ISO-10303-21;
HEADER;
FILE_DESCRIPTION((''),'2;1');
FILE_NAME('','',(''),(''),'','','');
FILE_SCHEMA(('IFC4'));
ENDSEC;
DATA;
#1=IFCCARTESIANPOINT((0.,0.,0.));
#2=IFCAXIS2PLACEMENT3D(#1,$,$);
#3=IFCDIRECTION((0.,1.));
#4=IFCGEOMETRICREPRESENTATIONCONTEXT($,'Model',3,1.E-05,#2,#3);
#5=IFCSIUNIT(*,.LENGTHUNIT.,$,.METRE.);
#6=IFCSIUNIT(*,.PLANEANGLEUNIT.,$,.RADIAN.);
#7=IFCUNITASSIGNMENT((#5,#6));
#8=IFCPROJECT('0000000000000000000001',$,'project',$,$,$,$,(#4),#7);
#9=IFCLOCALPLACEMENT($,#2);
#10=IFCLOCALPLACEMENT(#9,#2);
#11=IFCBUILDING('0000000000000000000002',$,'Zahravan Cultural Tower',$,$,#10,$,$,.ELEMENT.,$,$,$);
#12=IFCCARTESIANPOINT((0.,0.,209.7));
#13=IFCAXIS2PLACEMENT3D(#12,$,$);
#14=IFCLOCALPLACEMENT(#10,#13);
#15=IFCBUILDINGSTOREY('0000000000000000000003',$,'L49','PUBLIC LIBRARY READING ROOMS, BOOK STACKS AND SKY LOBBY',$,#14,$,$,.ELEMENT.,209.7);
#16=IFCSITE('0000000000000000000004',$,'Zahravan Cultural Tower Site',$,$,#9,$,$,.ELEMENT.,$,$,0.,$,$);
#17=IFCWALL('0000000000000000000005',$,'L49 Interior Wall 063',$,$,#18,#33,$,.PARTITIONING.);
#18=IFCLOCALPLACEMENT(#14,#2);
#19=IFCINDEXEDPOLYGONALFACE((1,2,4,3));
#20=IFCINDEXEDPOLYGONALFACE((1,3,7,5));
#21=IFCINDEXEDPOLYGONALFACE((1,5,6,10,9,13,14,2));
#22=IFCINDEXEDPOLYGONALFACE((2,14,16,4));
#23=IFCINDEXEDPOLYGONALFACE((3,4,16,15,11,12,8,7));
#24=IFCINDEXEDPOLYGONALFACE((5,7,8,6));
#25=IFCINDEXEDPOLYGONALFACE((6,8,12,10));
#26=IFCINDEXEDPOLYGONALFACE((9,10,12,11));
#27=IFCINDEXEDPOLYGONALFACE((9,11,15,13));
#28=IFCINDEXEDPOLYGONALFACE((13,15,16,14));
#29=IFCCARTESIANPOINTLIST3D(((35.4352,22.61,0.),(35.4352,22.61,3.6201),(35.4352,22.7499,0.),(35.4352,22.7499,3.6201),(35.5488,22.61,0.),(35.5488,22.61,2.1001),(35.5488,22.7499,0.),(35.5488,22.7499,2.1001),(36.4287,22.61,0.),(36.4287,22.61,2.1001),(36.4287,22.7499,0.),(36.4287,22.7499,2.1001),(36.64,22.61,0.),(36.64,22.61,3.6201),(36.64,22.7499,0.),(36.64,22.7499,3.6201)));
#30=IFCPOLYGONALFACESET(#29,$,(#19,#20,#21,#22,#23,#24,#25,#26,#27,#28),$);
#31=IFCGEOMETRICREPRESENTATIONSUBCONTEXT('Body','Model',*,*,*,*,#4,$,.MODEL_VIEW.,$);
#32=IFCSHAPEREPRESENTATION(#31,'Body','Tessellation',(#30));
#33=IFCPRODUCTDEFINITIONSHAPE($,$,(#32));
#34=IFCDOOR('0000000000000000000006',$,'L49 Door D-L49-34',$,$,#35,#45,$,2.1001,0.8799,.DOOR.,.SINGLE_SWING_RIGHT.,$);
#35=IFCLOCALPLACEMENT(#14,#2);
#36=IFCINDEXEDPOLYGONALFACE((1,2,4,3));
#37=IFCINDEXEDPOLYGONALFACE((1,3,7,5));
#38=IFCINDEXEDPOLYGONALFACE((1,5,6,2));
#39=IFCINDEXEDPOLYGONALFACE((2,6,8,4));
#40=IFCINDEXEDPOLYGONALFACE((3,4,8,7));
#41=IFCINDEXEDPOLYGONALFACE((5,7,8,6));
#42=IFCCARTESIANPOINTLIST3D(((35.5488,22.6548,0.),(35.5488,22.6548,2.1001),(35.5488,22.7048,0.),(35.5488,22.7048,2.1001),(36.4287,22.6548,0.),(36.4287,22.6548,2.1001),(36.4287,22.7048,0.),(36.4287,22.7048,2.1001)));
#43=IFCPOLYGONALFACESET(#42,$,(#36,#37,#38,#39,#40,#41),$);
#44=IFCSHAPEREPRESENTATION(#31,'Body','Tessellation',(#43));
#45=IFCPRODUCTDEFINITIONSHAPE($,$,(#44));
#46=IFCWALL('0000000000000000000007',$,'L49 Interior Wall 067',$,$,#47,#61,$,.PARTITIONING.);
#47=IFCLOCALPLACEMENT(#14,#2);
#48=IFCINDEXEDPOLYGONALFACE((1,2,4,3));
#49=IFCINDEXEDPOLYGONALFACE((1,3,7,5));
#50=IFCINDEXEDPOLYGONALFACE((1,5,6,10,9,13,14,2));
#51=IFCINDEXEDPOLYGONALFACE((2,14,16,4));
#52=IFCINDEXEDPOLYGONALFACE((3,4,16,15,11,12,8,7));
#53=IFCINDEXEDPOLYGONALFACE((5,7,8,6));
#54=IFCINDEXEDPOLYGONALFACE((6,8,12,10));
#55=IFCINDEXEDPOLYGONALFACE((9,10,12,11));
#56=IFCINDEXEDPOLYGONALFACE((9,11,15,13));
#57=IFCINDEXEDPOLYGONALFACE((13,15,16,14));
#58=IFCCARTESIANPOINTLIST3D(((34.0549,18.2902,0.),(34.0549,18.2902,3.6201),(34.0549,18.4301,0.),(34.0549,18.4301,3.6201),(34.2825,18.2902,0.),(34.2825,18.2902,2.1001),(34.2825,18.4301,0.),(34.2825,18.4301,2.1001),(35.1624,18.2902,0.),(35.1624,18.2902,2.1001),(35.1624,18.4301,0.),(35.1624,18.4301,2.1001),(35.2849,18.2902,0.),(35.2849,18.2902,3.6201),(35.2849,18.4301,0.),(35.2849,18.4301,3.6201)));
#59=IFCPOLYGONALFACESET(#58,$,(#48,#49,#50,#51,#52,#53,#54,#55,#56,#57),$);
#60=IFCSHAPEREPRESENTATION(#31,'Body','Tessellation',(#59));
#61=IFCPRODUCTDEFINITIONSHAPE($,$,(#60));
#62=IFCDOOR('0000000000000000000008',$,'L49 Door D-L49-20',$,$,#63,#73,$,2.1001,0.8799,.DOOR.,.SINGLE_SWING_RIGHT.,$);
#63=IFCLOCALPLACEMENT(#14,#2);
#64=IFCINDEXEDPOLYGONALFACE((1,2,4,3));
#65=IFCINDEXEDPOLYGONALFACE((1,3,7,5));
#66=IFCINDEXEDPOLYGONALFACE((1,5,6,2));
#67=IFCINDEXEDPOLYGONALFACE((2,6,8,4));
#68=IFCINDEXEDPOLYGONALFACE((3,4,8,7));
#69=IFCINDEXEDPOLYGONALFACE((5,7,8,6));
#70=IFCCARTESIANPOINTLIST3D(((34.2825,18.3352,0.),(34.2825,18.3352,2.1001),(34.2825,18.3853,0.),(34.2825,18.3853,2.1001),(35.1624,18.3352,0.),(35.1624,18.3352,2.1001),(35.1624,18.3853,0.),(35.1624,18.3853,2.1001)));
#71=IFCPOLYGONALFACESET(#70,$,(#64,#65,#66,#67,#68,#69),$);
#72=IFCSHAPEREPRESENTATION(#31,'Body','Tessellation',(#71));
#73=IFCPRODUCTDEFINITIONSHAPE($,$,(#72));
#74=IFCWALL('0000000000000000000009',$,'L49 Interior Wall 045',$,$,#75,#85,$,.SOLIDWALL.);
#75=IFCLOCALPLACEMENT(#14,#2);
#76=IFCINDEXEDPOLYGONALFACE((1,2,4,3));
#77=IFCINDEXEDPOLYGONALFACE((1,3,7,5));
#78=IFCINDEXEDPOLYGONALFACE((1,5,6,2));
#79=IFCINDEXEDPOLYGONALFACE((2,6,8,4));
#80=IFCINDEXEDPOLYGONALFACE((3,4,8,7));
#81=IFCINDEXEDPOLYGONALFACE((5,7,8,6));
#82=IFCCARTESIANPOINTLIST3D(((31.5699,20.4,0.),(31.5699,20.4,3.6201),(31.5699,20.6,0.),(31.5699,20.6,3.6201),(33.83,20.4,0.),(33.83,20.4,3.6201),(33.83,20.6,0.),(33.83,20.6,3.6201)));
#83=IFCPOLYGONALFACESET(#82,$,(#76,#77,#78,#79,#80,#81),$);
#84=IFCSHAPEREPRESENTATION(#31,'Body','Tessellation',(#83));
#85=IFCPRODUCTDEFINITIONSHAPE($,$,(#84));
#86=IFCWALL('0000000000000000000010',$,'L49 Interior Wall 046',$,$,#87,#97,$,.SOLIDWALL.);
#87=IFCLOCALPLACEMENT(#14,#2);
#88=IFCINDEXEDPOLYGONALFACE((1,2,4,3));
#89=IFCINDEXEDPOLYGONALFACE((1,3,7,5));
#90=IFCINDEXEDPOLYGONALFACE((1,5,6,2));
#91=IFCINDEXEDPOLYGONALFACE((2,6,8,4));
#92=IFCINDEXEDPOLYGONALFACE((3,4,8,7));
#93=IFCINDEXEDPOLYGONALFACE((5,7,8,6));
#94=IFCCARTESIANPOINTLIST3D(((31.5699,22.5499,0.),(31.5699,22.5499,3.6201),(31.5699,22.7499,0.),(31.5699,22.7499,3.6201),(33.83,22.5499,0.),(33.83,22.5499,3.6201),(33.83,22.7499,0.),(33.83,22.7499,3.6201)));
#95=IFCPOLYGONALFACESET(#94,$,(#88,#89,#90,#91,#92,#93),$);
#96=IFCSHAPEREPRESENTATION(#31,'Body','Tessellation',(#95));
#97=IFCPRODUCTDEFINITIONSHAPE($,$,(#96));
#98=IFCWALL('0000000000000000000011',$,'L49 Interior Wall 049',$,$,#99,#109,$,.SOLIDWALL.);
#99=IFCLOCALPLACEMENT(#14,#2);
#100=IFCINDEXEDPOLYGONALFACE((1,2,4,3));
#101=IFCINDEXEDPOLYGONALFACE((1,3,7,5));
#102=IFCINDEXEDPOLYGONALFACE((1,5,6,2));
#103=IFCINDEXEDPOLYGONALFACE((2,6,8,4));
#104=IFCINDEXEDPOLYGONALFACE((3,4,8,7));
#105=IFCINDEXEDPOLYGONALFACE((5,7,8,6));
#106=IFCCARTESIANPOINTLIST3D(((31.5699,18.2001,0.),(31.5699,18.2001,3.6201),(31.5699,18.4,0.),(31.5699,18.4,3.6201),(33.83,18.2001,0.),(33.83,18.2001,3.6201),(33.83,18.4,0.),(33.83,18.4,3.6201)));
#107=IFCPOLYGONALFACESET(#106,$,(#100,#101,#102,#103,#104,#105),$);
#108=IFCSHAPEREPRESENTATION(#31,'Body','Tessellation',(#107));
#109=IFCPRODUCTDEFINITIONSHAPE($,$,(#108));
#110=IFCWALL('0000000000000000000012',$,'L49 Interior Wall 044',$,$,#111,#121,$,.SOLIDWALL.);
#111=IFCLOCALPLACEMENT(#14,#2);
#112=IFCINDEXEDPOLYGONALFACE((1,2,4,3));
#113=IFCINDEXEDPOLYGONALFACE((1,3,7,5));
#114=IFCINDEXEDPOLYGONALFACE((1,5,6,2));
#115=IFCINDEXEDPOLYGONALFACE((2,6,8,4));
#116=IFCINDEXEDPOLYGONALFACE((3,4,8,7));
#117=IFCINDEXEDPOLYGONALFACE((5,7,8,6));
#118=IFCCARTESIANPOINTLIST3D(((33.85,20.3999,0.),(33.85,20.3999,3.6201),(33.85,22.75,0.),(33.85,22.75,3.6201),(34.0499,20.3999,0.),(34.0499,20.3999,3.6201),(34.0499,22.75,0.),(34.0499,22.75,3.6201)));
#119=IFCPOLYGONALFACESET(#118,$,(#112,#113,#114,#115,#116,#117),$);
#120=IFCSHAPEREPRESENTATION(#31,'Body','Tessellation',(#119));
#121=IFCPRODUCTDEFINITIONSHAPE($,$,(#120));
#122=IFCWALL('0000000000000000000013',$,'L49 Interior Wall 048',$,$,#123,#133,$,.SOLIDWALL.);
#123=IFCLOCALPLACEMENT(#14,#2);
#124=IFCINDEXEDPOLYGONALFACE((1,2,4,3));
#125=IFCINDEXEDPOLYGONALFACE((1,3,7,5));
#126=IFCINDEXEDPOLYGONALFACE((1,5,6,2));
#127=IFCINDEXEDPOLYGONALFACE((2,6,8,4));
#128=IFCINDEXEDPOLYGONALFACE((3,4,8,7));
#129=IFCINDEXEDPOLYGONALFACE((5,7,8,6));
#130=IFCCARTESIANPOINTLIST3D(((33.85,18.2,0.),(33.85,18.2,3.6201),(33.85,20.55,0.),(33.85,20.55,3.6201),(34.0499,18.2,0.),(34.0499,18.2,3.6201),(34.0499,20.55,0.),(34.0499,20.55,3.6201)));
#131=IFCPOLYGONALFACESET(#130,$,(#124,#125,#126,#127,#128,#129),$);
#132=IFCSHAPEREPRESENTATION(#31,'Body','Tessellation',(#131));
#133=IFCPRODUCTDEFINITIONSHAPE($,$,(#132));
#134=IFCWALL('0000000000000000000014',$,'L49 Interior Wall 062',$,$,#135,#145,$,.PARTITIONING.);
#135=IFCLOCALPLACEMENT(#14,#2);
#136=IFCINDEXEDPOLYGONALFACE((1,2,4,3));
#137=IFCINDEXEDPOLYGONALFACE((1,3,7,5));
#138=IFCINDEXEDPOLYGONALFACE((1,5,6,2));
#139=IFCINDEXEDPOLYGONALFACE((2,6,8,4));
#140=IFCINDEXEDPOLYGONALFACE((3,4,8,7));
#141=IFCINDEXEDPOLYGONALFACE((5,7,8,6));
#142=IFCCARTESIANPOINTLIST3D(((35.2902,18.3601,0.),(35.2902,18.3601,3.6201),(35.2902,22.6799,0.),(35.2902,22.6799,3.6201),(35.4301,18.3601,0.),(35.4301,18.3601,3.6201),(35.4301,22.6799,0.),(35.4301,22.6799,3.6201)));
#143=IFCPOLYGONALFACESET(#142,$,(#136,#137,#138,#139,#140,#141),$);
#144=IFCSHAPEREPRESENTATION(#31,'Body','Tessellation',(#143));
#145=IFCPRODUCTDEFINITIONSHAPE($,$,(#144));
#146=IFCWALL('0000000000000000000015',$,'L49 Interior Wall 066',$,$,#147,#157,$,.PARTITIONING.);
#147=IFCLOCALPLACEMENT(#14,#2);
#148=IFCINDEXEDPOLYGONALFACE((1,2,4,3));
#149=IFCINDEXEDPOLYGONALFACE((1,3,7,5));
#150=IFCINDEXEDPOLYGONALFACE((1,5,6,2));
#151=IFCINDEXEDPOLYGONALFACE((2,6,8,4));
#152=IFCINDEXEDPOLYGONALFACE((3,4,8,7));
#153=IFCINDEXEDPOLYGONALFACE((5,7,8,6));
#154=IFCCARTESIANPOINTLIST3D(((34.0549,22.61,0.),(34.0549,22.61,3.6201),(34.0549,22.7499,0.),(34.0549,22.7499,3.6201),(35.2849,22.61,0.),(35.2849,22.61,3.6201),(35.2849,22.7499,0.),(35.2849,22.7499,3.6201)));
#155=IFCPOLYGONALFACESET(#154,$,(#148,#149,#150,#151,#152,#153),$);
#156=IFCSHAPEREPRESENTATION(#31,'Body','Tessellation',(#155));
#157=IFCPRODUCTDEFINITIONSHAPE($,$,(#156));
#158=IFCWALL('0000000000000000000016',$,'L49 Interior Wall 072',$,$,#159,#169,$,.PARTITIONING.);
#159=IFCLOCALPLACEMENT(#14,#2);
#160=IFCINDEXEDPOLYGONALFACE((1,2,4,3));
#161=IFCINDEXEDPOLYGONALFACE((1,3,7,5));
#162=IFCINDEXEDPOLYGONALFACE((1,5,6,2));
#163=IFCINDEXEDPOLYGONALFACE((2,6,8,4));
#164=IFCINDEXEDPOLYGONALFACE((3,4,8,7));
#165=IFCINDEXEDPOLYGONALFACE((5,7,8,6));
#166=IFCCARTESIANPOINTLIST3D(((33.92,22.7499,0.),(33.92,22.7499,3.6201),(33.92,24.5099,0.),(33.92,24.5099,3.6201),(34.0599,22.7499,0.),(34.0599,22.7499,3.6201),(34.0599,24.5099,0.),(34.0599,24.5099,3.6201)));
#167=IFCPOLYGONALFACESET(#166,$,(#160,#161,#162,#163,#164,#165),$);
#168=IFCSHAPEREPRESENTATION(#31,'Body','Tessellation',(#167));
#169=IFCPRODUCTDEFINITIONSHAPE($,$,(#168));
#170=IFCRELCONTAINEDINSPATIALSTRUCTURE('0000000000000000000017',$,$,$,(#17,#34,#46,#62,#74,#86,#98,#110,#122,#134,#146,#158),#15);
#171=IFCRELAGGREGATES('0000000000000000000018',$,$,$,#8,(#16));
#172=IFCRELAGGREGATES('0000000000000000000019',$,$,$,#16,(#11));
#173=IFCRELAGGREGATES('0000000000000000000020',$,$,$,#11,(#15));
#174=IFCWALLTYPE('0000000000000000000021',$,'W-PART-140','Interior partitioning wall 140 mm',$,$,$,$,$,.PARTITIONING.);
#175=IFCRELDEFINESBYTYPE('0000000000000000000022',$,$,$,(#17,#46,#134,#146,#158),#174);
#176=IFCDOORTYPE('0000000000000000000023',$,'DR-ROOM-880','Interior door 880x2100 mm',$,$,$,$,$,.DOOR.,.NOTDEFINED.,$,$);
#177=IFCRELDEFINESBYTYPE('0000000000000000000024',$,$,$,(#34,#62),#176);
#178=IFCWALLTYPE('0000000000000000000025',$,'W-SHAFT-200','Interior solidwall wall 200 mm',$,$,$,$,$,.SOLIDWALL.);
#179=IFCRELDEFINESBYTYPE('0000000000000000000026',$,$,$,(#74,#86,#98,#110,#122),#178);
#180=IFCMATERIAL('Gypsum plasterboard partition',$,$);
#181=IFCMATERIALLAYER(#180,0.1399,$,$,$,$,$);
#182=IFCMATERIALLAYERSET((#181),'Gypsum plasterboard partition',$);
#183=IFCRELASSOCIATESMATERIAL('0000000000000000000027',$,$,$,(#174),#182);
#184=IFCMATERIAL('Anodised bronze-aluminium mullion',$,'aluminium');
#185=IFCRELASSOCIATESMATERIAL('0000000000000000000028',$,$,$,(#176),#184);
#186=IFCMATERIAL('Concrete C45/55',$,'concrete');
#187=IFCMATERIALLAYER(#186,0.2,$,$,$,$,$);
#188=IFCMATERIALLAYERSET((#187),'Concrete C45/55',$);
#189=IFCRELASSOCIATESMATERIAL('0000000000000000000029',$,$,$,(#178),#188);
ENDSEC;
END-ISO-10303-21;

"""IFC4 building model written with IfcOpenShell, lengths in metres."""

from ifc_helpers import new_model, si_unit, direction, frame, frame_2d, origin, place, context, subcontext, project, spatial, rectangle, extrude, source, transform, mapped, material, layer, layer_set, type_object, element, fill, save


model = new_model("IFC4")

# Units and contexts
model_context = context("Model", 3, precision=1e-05, world=origin(), true_north=direction((0.0, 1.0)))
body_context = subcontext(model_context, "Body", "Model", "MODEL_VIEW")
ifc_project = project(units=[si_unit("LENGTHUNIT", "METRE"), si_unit("PLANEANGLEUNIT", "RADIAN")], contexts=[model_context])

# Site, building, storey
site_placement = place(None, origin())
site = spatial("IfcSite", under=ifc_project, at=site_placement, Name="Zahravan Cultural Tower Site", CompositionType="ELEMENT", RefElevation=0.0)
building_placement = place(site_placement, origin())
building = spatial("IfcBuilding", under=site, at=building_placement, Name="Zahravan Cultural Tower", CompositionType="ELEMENT")
storey_placement = place(building_placement, frame((0.0, 0.0, 209.7)))
storey = spatial("IfcBuildingStorey", under=building, at=storey_placement, Name="L49", Description="PUBLIC LIBRARY READING ROOMS, BOOK STACKS AND SKY LOBBY", CompositionType="ELEMENT", Elevation=209.7)

# Walls, openings, doors
ifc_material_1 = material(Name="Gypsum plasterboard partition")
ifc_layer_1 = layer(ifc_material_1, 0.1399)
ifc_layer_set_1 = layer_set([ifc_layer_1], Name="Gypsum plasterboard partition")
wall_type_1 = type_object("IfcWallType", Name="W-PART-140", Description="Interior partitioning wall 140 mm", PredefinedType="PARTITIONING", material=ifc_layer_set_1)
wall_1_placement = place(storey_placement, frame((35.4351, 22.6799, 0.0), z_axis=(0.0, 0.0, 1.0), x_axis=(1.0, 0.0, 0.0)))
wall_1 = element("IfcWall", 1, at=wall_1_placement, inside=storey, type_object=wall_type_1, Name="L49 Interior Wall 063", PredefinedType="PARTITIONING", context=body_context, shape_type="SweptSolid", body=[
    extrude(rectangle(XDim=1.2048, YDim=0.1399, at=frame_2d((0.6025, 0.0))), origin(), (0.0, 0.0, 1.0), 3.6201),
])
opening_1_placement = place(wall_1_placement, frame((0.1138, 0.0, 0.0)))
opening_1 = element("IfcOpeningElement", 2, at=opening_1_placement, cuts=wall_1, PredefinedType="OPENING", context=body_context, shape_type="SweptSolid", body=[
    extrude(rectangle(XDim=0.8799, YDim=2.1001, at=frame_2d((0.4399, 1.05))), frame((0.0, 0.0798, 0.0), z_axis=(0.0, -1.0, 0.0), x_axis=(1.0, 0.0, 0.0)), (0.0, 0.0, 1.0), 0.1599),
])
ifc_material_2 = material(Name="Anodised bronze-aluminium mullion", Category="aluminium")
door_type_1 = type_object("IfcDoorType", Name="DR-ROOM-880", Description="Interior door 880x2100 mm", OperationType="NOTDEFINED", PredefinedType="DOOR", material=ifc_material_2)
shared_shape_1 = source(origin(), body_context, "Body", "SweptSolid", [
    extrude(rectangle(XDim=0.8799, YDim=2.1001, at=frame_2d((0.4399, 1.05))), frame((0.0, 0.0249, 0.0), z_axis=(0.0, -1.0, 0.0), x_axis=(1.0, 0.0, 0.0)), (0.0, 0.0, 1.0), 0.05),
])
door_1_placement = place(opening_1_placement, origin())
door_1 = element("IfcDoor", 3, at=door_1_placement, inside=storey, type_object=door_type_1, Name="L49 Door D-L49-34", OperationType="SINGLE_SWING_RIGHT", OverallHeight=2.1001, OverallWidth=0.8799, PredefinedType="DOOR", context=body_context, shape_type="MappedRepresentation", body=[
    mapped(shared_shape_1, transform((0.0, 0.0, 0.0), x_axis=(1.0, 0.0, 0.0), y_axis=(0.0, 1.0, 0.0), z_axis=(0.0, 0.0, 1.0), scale=1.0)),
])
fill(opening_1, door_1)
wall_2_placement = place(storey_placement, frame((35.2849, 18.3601, 0.0), z_axis=(0.0, 0.0, 1.0), x_axis=(-1.0, 0.0, 0.0)))
wall_2 = element("IfcWall", 4, at=wall_2_placement, inside=storey, type_object=wall_type_1, Name="L49 Interior Wall 067", PredefinedType="PARTITIONING", context=body_context, shape_type="SweptSolid", body=[
    extrude(rectangle(XDim=1.23, YDim=0.1399, at=frame_2d((0.615, 0.0))), origin(), (0.0, 0.0, 1.0), 3.6201),
])
opening_2_placement = place(wall_2_placement, frame((0.1226, 0.0, 0.0)))
opening_2 = element("IfcOpeningElement", 5, at=opening_2_placement, cuts=wall_2, PredefinedType="OPENING", context=body_context, shape_type="SweptSolid", body=[
    extrude(rectangle(XDim=0.8799, YDim=2.1001, at=frame_2d((0.4399, 1.05))), frame((0.0, 0.0798, 0.0), z_axis=(0.0, -1.0, 0.0), x_axis=(1.0, 0.0, 0.0)), (0.0, 0.0, 1.0), 0.1599),
])
door_2_placement = place(opening_2_placement, origin())
door_2 = element("IfcDoor", 6, at=door_2_placement, inside=storey, type_object=door_type_1, Name="L49 Door D-L49-20", OperationType="SINGLE_SWING_RIGHT", OverallHeight=2.1001, OverallWidth=0.8799, PredefinedType="DOOR", context=body_context, shape_type="MappedRepresentation", body=[
    mapped(shared_shape_1, transform((0.0, 0.0, 0.0), x_axis=(1.0, 0.0, 0.0), y_axis=(0.0, 1.0, 0.0), z_axis=(0.0, 0.0, 1.0), scale=1.0)),
])
fill(opening_2, door_2)
ifc_material_3 = material(Name="Concrete C45/55", Category="concrete")
ifc_layer_2 = layer(ifc_material_3, 0.2)
ifc_layer_set_2 = layer_set([ifc_layer_2], Name="Concrete C45/55")
wall_type_2 = type_object("IfcWallType", Name="W-SHAFT-200", Description="Interior solidwall wall 200 mm", PredefinedType="SOLIDWALL", material=ifc_layer_set_2)

# Walls
shared_shape_2 = source(origin(), body_context, "Body", "SweptSolid", [
    extrude(rectangle(XDim=2.26, YDim=0.2, at=frame_2d((1.1299, 0.0))), origin(), (0.0, 0.0, 1.0), 3.6201),
])
for number, where, z_axis, x_axis, name in (
    (7, (31.5701, 20.5, 0.0), (0.0, 0.0, 1.0), (1.0, 0.0, 0.0), "L49 Interior Wall 045"),
    (8, (31.5701, 22.6499, 0.0), (0.0, 0.0, 1.0), (1.0, 0.0, 0.0), "L49 Interior Wall 046"),
    (9, (31.5701, 18.3, 0.0), (0.0, 0.0, 1.0), (1.0, 0.0, 0.0), "L49 Interior Wall 049"),
):
    element("IfcWall", number, at=place(storey_placement, frame(where, z_axis=z_axis, x_axis=x_axis)), inside=storey, type_object=wall_type_2, Name=name, PredefinedType="SOLIDWALL", context=body_context, shape_type="MappedRepresentation", body=[
        mapped(shared_shape_2, transform((0.0, 0.0, 0.0), x_axis=(1.0, 0.0, 0.0), y_axis=(0.0, 1.0, 0.0), z_axis=(0.0, 0.0, 1.0), scale=1.0)),
    ])
shared_shape_3 = source(origin(), body_context, "Body", "SweptSolid", [
    extrude(rectangle(XDim=2.3501, YDim=0.2, at=frame_2d((1.175, 0.0))), origin(), (0.0, 0.0, 1.0), 3.6201),
])
for number, where, z_axis, x_axis, name in (
    (10, (33.95, 20.3999, 0.0), (0.0, 0.0, 1.0), (0.0, 1.0, 0.0), "L49 Interior Wall 044"),
    (11, (33.95, 18.2, 0.0), (0.0, 0.0, 1.0), (0.0, 1.0, 0.0), "L49 Interior Wall 048"),
):
    element("IfcWall", number, at=place(storey_placement, frame(where, z_axis=z_axis, x_axis=x_axis)), inside=storey, type_object=wall_type_2, Name=name, PredefinedType="SOLIDWALL", context=body_context, shape_type="MappedRepresentation", body=[
        mapped(shared_shape_3, transform((0.0, 0.0, 0.0), x_axis=(1.0, 0.0, 0.0), y_axis=(0.0, 1.0, 0.0), z_axis=(0.0, 0.0, 1.0), scale=1.0)),
    ])
shared_shape_4 = source(origin(), body_context, "Body", "SweptSolid", [
    extrude(rectangle(XDim=4.3198, YDim=0.1399, at=frame_2d((2.1599, 0.0))), origin(), (0.0, 0.0, 1.0), 3.6201),
])
wall_3_placement = place(storey_placement, frame((35.3601, 18.3601, 0.0), z_axis=(0.0, 0.0, 1.0), x_axis=(0.0, 1.0, 0.0)))
element("IfcWall", 12, at=wall_3_placement, inside=storey, type_object=wall_type_1, Name="L49 Interior Wall 062", PredefinedType="PARTITIONING", context=body_context, shape_type="MappedRepresentation", body=[
    mapped(shared_shape_4, transform((0.0, 0.0, 0.0), x_axis=(1.0, 0.0, 0.0), y_axis=(0.0, 1.0, 0.0), z_axis=(0.0, 0.0, 1.0), scale=1.0)),
])
shared_shape_5 = source(origin(), body_context, "Body", "SweptSolid", [
    extrude(rectangle(XDim=1.23, YDim=0.1399, at=frame_2d((0.615, 0.0))), origin(), (0.0, 0.0, 1.0), 3.6201),
])
wall_4_placement = place(storey_placement, frame((34.0549, 22.6799, 0.0), z_axis=(0.0, 0.0, 1.0), x_axis=(1.0, 0.0, 0.0)))
element("IfcWall", 13, at=wall_4_placement, inside=storey, type_object=wall_type_1, Name="L49 Interior Wall 066", PredefinedType="PARTITIONING", context=body_context, shape_type="MappedRepresentation", body=[
    mapped(shared_shape_5, transform((0.0, 0.0, 0.0), x_axis=(1.0, 0.0, 0.0), y_axis=(0.0, 1.0, 0.0), z_axis=(0.0, 0.0, 1.0), scale=1.0)),
])
shared_shape_6 = source(origin(), body_context, "Body", "SweptSolid", [
    extrude(rectangle(XDim=1.76, YDim=0.1399, at=frame_2d((0.8799, 0.0))), origin(), (0.0, 0.0, 1.0), 3.6201),
])
wall_5_placement = place(storey_placement, frame((33.99, 22.75, 0.0), z_axis=(0.0, 0.0, 1.0), x_axis=(0.0, 1.0, 0.0)))
element("IfcWall", 14, at=wall_5_placement, inside=storey, type_object=wall_type_1, Name="L49 Interior Wall 072", PredefinedType="PARTITIONING", context=body_context, shape_type="MappedRepresentation", body=[
    mapped(shared_shape_6, transform((0.0, 0.0, 0.0), x_axis=(1.0, 0.0, 0.0), y_axis=(0.0, 1.0, 0.0), z_axis=(0.0, 0.0, 1.0), scale=1.0)),
])

save(model, "model.ifc")
